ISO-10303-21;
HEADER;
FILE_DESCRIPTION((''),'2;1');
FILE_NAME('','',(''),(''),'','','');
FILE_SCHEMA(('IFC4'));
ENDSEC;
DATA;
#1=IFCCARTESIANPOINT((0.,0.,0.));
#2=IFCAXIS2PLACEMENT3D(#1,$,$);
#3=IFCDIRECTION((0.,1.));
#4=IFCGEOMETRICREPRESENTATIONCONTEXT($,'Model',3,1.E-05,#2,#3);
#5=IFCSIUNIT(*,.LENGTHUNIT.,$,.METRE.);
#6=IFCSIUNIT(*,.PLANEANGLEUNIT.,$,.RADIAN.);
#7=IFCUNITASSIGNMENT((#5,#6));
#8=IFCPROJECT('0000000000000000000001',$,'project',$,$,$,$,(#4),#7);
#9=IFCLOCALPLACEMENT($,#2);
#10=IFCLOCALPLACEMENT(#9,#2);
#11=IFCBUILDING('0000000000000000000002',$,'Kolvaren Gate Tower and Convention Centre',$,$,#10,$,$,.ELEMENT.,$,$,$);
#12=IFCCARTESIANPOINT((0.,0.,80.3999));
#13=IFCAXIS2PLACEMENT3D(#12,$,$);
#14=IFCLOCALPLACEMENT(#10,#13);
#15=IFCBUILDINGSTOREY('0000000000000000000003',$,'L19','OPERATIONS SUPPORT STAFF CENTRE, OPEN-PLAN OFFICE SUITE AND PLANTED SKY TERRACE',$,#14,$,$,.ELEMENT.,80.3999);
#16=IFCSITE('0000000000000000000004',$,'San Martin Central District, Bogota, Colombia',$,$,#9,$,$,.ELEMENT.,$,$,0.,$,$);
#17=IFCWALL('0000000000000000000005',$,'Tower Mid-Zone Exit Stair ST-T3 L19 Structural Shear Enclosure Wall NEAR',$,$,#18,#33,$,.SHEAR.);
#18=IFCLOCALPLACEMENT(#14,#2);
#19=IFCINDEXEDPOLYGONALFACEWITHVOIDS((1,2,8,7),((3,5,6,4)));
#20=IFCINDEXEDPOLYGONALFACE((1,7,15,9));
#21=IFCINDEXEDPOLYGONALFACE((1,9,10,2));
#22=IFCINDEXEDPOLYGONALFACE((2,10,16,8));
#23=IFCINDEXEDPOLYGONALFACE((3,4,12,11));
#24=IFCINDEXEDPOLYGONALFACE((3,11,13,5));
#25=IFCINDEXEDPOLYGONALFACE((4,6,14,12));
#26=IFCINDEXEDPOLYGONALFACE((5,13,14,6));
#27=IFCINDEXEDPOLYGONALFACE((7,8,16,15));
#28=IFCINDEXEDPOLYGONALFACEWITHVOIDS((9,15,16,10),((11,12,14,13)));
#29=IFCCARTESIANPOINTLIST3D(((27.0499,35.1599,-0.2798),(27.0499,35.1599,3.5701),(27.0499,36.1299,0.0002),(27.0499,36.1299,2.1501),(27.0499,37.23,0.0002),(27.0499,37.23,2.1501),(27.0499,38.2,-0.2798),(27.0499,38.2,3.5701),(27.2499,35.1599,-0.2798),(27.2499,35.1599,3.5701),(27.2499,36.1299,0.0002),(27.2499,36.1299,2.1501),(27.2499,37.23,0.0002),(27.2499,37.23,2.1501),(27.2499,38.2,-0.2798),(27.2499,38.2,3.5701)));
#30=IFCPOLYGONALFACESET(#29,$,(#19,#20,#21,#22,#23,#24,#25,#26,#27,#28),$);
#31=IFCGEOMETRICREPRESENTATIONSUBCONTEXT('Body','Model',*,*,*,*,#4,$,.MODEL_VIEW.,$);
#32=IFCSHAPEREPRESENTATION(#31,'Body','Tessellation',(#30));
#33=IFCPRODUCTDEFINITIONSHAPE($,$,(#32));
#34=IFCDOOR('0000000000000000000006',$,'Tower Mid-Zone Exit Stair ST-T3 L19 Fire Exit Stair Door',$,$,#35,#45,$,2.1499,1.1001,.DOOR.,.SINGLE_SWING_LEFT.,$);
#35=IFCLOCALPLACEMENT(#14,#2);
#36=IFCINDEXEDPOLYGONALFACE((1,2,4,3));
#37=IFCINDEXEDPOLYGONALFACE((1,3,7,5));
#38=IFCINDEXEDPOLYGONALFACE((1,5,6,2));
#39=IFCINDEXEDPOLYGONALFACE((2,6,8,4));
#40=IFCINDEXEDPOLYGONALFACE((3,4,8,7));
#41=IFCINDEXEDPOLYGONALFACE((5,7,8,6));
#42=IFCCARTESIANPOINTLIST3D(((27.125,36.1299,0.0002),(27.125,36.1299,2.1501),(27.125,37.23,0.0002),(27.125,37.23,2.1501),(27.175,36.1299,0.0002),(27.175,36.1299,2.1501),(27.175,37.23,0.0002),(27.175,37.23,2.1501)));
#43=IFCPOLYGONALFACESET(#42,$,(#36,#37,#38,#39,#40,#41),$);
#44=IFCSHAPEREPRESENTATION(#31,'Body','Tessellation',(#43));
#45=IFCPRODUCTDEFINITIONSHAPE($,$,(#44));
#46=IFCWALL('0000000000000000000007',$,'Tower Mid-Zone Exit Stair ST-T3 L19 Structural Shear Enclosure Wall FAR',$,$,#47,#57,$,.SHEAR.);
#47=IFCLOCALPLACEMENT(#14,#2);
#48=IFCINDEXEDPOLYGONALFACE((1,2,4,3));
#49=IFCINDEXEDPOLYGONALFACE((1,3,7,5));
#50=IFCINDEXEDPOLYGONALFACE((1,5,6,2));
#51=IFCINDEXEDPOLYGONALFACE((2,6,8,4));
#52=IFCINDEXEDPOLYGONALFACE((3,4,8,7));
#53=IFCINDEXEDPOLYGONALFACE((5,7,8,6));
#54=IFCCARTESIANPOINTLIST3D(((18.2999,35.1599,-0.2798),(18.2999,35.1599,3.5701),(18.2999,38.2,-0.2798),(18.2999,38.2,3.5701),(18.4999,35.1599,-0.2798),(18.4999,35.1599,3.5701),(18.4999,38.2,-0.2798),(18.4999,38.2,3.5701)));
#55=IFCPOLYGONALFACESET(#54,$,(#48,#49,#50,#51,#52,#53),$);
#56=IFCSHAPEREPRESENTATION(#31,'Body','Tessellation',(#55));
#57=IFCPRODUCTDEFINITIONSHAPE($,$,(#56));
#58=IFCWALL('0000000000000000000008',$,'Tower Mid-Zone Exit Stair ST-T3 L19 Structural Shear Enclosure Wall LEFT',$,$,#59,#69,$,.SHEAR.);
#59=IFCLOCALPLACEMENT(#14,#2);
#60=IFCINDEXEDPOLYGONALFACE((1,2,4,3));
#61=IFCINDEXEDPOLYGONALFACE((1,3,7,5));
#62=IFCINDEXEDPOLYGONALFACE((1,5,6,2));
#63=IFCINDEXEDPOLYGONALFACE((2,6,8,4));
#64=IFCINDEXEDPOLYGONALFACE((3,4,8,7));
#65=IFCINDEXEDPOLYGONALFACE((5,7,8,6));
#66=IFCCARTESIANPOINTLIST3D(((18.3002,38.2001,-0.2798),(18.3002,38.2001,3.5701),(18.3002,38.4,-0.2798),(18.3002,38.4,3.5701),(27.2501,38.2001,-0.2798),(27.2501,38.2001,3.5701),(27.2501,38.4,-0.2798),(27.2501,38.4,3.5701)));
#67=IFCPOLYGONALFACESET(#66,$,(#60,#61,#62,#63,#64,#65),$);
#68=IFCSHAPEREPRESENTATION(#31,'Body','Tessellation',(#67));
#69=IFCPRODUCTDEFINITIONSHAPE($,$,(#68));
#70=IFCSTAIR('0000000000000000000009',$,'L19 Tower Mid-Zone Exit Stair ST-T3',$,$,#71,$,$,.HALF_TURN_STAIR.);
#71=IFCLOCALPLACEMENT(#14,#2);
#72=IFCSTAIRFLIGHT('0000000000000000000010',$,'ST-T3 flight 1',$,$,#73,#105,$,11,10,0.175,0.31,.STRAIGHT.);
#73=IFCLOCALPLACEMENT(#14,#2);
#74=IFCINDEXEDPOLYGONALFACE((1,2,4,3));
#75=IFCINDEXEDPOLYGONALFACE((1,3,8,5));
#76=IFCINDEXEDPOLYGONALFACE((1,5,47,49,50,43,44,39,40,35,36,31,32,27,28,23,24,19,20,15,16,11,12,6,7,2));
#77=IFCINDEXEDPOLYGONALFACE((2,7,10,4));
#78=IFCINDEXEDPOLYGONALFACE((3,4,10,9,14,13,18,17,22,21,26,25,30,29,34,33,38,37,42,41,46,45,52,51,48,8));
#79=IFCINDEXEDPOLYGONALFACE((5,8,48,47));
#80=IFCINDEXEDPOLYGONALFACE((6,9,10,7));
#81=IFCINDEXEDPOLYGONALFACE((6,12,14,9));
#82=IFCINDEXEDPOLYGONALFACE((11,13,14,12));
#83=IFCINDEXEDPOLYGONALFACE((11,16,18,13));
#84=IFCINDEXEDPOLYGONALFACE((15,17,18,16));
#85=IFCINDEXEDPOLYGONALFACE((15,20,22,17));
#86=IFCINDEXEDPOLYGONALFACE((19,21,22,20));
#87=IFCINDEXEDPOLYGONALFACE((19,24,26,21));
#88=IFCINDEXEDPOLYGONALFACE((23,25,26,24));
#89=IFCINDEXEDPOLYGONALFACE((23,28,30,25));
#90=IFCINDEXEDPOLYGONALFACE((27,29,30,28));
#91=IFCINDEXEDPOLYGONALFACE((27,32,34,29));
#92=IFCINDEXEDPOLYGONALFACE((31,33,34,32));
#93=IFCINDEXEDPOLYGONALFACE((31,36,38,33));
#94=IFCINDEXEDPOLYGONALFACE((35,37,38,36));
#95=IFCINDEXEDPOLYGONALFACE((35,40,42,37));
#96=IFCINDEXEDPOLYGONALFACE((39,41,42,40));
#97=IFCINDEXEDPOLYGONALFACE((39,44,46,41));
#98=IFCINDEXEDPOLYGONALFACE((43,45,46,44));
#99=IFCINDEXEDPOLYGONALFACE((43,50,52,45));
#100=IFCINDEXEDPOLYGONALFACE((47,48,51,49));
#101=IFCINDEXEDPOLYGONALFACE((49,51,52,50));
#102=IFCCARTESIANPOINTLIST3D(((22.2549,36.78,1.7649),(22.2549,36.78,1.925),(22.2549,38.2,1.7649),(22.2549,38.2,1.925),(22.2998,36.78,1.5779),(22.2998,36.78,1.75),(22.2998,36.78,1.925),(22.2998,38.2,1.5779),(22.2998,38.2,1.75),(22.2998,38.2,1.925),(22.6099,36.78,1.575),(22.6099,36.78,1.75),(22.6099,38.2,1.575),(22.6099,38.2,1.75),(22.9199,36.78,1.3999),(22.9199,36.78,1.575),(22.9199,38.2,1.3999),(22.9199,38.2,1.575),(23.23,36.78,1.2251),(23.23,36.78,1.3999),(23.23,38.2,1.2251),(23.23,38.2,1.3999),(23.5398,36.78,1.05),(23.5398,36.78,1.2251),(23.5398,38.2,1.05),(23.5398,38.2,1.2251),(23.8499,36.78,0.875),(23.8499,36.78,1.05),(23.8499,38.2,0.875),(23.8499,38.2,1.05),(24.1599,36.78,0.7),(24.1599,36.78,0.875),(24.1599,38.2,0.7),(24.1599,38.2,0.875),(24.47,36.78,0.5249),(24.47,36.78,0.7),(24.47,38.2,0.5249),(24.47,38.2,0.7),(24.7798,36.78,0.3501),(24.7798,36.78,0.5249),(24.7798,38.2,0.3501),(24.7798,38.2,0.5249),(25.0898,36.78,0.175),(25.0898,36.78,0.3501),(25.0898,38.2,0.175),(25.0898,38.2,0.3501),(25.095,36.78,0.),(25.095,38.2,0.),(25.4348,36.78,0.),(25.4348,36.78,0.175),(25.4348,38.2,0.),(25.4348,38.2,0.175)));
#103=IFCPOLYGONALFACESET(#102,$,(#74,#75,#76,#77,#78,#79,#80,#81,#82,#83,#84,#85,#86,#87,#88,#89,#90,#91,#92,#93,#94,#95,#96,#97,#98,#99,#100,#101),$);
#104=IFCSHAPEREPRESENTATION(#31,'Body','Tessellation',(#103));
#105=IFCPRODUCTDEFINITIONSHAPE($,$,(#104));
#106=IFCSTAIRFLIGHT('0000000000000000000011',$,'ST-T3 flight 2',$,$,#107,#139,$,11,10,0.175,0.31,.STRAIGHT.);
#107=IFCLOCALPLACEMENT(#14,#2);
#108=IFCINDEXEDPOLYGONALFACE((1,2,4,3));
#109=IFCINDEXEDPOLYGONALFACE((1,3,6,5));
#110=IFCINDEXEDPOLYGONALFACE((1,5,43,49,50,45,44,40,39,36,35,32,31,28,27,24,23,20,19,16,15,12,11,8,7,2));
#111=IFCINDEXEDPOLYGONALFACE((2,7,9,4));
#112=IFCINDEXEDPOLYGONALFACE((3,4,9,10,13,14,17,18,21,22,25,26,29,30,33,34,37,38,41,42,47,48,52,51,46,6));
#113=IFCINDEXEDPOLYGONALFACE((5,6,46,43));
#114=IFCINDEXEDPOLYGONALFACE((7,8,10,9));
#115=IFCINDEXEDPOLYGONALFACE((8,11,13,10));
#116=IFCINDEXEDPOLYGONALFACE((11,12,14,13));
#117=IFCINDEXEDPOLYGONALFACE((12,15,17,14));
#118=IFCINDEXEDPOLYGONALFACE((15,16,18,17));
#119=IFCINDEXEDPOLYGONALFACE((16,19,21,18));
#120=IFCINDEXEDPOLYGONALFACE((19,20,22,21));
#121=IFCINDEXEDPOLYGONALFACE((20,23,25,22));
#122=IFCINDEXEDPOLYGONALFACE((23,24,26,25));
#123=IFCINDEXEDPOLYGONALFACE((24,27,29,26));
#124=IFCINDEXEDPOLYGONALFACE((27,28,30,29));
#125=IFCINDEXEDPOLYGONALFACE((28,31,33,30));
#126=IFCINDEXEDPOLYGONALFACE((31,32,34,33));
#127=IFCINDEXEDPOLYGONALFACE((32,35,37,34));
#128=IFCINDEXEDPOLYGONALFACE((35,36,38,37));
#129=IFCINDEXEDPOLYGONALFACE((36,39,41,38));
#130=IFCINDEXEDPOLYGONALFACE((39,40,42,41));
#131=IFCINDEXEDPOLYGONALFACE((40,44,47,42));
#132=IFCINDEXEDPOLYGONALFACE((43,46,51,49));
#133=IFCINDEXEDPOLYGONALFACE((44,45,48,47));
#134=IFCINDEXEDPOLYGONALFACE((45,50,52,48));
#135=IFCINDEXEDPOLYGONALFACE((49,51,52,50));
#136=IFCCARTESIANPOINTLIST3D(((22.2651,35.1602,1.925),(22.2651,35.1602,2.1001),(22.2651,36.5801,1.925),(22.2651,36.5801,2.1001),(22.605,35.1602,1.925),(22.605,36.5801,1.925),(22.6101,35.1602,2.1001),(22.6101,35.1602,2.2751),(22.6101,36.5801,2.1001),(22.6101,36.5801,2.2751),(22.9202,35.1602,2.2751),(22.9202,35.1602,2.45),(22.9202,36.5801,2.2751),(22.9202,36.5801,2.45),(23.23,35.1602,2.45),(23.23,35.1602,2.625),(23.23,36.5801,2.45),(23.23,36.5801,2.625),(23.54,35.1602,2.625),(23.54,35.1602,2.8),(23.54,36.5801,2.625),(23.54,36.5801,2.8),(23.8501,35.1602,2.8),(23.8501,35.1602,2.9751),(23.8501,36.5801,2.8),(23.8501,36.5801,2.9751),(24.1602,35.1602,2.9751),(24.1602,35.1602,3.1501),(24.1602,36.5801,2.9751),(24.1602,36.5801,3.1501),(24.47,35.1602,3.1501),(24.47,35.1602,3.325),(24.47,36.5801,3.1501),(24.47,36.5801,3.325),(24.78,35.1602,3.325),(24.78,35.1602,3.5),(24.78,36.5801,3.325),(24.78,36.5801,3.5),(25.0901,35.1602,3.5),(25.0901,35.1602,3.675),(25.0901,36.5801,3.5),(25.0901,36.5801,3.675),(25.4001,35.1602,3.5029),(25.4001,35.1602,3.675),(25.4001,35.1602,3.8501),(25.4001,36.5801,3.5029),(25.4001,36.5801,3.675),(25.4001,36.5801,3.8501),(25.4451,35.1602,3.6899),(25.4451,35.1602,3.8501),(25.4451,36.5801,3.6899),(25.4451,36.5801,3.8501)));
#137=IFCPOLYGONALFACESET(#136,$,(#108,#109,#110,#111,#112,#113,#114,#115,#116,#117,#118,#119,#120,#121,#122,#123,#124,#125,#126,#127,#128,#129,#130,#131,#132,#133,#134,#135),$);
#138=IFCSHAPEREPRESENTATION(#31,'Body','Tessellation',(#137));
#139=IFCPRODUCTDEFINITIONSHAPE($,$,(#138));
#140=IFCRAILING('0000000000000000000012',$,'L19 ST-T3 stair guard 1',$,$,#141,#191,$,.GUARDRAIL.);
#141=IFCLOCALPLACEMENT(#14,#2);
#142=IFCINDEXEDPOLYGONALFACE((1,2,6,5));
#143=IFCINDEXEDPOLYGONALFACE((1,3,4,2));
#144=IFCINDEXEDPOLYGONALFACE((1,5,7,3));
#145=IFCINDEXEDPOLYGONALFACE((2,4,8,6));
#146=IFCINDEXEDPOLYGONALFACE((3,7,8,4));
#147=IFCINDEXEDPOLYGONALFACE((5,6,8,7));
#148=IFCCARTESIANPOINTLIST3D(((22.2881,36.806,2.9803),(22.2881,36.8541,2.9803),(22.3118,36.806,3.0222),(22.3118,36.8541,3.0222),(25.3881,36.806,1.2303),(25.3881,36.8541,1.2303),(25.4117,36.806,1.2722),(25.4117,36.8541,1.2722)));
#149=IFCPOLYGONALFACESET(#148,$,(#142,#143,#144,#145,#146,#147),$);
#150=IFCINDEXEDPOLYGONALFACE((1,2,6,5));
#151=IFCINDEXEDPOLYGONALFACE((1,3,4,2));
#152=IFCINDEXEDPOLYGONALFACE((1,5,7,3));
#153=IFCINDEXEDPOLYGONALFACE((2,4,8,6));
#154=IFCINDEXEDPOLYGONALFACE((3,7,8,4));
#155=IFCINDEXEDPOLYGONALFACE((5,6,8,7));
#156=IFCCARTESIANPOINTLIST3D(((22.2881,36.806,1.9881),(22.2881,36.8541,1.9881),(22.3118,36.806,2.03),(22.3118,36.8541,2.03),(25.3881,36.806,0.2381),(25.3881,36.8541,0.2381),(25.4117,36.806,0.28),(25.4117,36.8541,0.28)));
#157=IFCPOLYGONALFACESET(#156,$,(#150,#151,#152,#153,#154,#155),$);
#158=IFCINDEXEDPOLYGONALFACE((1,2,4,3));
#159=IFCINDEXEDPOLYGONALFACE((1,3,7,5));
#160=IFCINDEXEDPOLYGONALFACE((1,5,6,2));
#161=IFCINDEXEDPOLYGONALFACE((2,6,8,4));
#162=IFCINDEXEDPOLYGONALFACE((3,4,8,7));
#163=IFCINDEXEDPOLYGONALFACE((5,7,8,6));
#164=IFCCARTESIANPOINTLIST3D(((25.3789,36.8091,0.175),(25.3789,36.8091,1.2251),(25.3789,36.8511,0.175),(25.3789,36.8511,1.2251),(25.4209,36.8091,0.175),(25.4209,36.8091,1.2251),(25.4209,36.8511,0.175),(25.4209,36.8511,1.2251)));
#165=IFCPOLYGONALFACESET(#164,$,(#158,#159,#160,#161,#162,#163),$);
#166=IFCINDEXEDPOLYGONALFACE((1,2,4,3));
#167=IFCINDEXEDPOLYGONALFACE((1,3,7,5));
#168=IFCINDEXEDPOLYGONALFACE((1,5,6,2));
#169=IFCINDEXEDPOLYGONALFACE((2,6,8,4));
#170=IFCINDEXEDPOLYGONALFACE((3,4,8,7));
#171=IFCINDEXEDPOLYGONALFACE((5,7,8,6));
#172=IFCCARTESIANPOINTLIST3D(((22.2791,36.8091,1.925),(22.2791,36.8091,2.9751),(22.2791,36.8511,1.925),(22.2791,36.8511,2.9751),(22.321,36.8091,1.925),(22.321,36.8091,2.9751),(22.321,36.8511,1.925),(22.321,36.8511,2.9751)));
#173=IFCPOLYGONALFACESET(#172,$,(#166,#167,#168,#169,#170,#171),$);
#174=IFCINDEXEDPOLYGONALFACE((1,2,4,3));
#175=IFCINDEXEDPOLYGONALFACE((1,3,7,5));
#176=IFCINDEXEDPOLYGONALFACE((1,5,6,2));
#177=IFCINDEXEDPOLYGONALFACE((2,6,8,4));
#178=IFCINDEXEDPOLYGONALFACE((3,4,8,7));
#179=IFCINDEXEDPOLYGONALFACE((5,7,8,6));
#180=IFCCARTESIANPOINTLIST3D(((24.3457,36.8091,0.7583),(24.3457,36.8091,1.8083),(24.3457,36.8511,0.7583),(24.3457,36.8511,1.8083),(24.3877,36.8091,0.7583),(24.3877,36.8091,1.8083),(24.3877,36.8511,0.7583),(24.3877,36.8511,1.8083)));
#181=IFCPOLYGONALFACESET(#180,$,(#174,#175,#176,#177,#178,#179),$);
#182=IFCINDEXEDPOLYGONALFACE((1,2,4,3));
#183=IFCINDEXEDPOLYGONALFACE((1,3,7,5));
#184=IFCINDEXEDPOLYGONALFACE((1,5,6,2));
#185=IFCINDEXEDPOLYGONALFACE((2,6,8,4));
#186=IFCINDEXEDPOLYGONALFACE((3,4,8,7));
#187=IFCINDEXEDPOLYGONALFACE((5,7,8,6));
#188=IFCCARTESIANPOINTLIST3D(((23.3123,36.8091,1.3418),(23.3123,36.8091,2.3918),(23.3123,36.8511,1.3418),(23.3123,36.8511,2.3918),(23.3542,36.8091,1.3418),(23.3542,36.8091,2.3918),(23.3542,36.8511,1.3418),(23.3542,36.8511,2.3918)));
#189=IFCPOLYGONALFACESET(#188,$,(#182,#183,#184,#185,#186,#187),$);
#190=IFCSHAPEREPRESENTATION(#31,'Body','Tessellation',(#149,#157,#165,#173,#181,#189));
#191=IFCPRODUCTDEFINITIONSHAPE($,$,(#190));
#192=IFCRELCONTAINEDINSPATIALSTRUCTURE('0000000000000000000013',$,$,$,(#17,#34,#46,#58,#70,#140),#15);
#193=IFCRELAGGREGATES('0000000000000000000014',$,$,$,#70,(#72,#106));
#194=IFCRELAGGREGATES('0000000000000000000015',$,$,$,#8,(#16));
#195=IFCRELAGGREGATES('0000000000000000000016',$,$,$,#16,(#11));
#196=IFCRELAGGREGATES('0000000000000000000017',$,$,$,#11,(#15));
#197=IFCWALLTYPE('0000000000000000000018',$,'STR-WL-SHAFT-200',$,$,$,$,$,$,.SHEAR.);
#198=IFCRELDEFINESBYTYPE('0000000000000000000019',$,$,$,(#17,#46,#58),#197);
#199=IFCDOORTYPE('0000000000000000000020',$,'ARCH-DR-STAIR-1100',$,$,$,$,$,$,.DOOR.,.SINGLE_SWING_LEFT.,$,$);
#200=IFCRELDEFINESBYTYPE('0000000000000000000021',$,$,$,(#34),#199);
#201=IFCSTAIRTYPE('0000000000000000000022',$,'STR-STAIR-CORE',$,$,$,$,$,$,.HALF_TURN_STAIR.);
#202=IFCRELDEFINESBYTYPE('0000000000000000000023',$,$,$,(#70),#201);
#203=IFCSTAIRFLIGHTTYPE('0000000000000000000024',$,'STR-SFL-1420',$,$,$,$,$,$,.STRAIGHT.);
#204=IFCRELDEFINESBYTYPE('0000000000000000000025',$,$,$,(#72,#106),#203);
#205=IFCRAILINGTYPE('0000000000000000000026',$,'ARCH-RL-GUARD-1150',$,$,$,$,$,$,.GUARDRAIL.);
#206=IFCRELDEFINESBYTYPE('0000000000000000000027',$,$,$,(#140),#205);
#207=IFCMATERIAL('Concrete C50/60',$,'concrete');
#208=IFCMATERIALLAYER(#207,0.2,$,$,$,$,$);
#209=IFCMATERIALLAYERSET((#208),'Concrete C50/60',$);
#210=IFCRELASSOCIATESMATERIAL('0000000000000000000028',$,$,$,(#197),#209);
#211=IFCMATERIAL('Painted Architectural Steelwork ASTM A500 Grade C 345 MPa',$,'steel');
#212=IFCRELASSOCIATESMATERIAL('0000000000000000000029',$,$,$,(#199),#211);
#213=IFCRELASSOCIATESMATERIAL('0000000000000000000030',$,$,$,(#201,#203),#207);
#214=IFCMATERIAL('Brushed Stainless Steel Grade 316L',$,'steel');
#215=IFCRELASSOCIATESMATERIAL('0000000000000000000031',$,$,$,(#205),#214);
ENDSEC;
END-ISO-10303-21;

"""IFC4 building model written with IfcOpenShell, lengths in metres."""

from ifc_helpers import new_model, si_unit, direction, frame, frame_2d, origin, origin_2d, place, context, subcontext, project, spatial, polyline, rectangle, outline, extrude, material, layer, layer_set, type_object, element, fill, aggregate, save


model = new_model("IFC4")

# Units and contexts
model_context = context("Model", 3, precision=1e-05, world=origin(), true_north=direction((0.0, 1.0)))
body_context = subcontext(model_context, "Body", "Model", "MODEL_VIEW")
ifc_project = project(units=[si_unit("LENGTHUNIT", "METRE"), si_unit("PLANEANGLEUNIT", "RADIAN")], contexts=[model_context])

# Site, building, storey
site_placement = place(None, origin())
site = spatial("IfcSite", under=ifc_project, at=site_placement, Name="San Martin Central District, Bogota, Colombia", CompositionType="ELEMENT", RefElevation=0.0)
building_placement = place(site_placement, origin())
building = spatial("IfcBuilding", under=site, at=building_placement, Name="Kolvaren Gate Tower and Convention Centre", CompositionType="ELEMENT")
storey_placement = place(building_placement, frame((0.0, 0.0, 80.3999)))
storey = spatial("IfcBuildingStorey", under=building, at=storey_placement, Name="L19", Description="OPERATIONS SUPPORT STAFF CENTRE, OPEN-PLAN OFFICE SUITE AND PLANTED SKY TERRACE", CompositionType="ELEMENT", Elevation=80.3999)

# Wall, opening, door
ifc_material_1 = material(Name="Concrete C50/60", Category="concrete")
ifc_layer_1 = layer(ifc_material_1, 0.2)
ifc_layer_set_1 = layer_set([ifc_layer_1], Name="Concrete C50/60")
wall_type_1 = type_object("IfcWallType", Name="STR-WL-SHAFT-200", PredefinedType="SHEAR", material=ifc_layer_set_1)
wall_1_placement = place(storey_placement, frame((27.1499, 35.1599, -0.2798), z_axis=(0.0, 0.0, 1.0), x_axis=(0.0, 1.0, 0.0)))
wall_1 = element("IfcWall", 1, at=wall_1_placement, inside=storey, type_object=wall_type_1, Name="Tower Mid-Zone Exit Stair ST-T3 L19 Structural Shear Enclosure Wall NEAR", PredefinedType="SHEAR", context=body_context, shape_type="SweptSolid", body=[
    extrude(rectangle(XDim=3.04, YDim=0.2, at=frame_2d((1.52, 0.0))), origin(), (0.0, 0.0, 1.0), 3.8499),
])
opening_1_placement = place(wall_1_placement, frame((0.97, 0.0, 0.28)))
opening_1 = element("IfcOpeningElement", 2, at=opening_1_placement, cuts=wall_1, PredefinedType="OPENING", context=body_context, shape_type="SweptSolid", body=[
    extrude(rectangle(XDim=1.1001, YDim=2.1499, at=frame_2d((0.55, 1.075))), frame((0.0, 0.1099, 0.0), z_axis=(0.0, -1.0, 0.0), x_axis=(1.0, 0.0, 0.0)), (0.0, 0.0, 1.0), 0.22),
])
ifc_material_2 = material(Name="Painted Architectural Steelwork ASTM A500 Grade C 345 MPa", Category="steel")
door_type = type_object("IfcDoorType", Name="ARCH-DR-STAIR-1100", OperationType="SINGLE_SWING_LEFT", PredefinedType="DOOR", material=ifc_material_2)
door_placement = place(opening_1_placement, origin())
door = element("IfcDoor", 3, at=door_placement, inside=storey, type_object=door_type, Name="Tower Mid-Zone Exit Stair ST-T3 L19 Fire Exit Stair Door", OperationType="SINGLE_SWING_LEFT", OverallHeight=2.1499, OverallWidth=1.1001, PredefinedType="DOOR", context=body_context, shape_type="SweptSolid", body=[
    extrude(rectangle(XDim=1.1001, YDim=2.1499, at=frame_2d((0.55, 1.075))), frame((0.0, 0.0249, 0.0), z_axis=(0.0, -1.0, 0.0), x_axis=(1.0, 0.0, 0.0)), (0.0, 0.0, 1.0), 0.05),
])
fill(opening_1, door)

# Walls
wall_2_placement = place(storey_placement, frame((18.3999, 35.1599, -0.2798), z_axis=(0.0, 0.0, 1.0), x_axis=(0.0, 1.0, 0.0)))
element("IfcWall", 4, at=wall_2_placement, inside=storey, type_object=wall_type_1, Name="Tower Mid-Zone Exit Stair ST-T3 L19 Structural Shear Enclosure Wall FAR", PredefinedType="SHEAR", context=body_context, shape_type="SweptSolid", body=[
    extrude(rectangle(XDim=3.04, YDim=0.2, at=frame_2d((1.52, 0.0))), origin(), (0.0, 0.0, 1.0), 3.8499),
])
wall_3_placement = place(storey_placement, frame((18.3, 38.3, -0.2798), z_axis=(0.0, 0.0, 1.0), x_axis=(1.0, 0.0, 0.0)))
element("IfcWall", 5, at=wall_3_placement, inside=storey, type_object=wall_type_1, Name="Tower Mid-Zone Exit Stair ST-T3 L19 Structural Shear Enclosure Wall LEFT", PredefinedType="SHEAR", context=body_context, shape_type="SweptSolid", body=[
    extrude(rectangle(XDim=8.95, YDim=0.2, at=frame_2d((4.4751, 0.0))), origin(), (0.0, 0.0, 1.0), 3.8499),
])

# Stair, stair flights
stair_type = type_object("IfcStairType", Name="STR-STAIR-CORE", PredefinedType="HALF_TURN_STAIR", material=ifc_material_1)
stair_placement = place(storey_placement, origin())
stair = element("IfcStair", 6, at=stair_placement, inside=storey, type_object=stair_type, Name="L19 Tower Mid-Zone Exit Stair ST-T3", PredefinedType="HALF_TURN_STAIR")
stair_flight_type = type_object("IfcStairFlightType", Name="STR-SFL-1420", PredefinedType="STRAIGHT", material=ifc_material_1)
stair_flight_1_placement = place(storey_placement, frame((25.3999, 37.49, 0.0), z_axis=(0.0, 0.0, 1.0), x_axis=(-1.0, 0.0, 0.0)))
stair_flight_1 = element("IfcStairFlight", 7, at=stair_flight_1_placement, type_object=stair_flight_type, Name="ST-T3 flight 1", NumberOfRisers=11, NumberOfTreads=10, PredefinedType="STRAIGHT", RiserHeight=0.175, TreadLength=0.31, context=body_context, shape_type="SweptSolid", body=[
    extrude(outline(polyline([(-0.0349, 0.0), (-0.0349, 0.175), (0.3101, 0.175), (0.3101, 0.3501), (0.6201, 0.3501), (0.6201, 0.5249), (0.9299, 0.5249), (0.9299, 0.7), (1.24, 0.7), (1.24, 0.875), (1.55, 0.875), (1.55, 1.05), (1.8601, 1.05), (1.8601, 1.2251), (2.1699, 1.2251), (2.1699, 1.3999), (2.48, 1.3999), (2.48, 1.575), (2.79, 1.575), (2.79, 1.75), (3.1001, 1.75), (3.1001, 1.925), (3.145, 1.925), (3.145, 1.7649), (3.1001, 1.5779), (0.3049, 0.0), (-0.0349, 0.0)])), frame((0.0, 0.71, 0.0), z_axis=(0.0, -1.0, 0.0), x_axis=(1.0, 0.0, 0.0)), (0.0, 0.0, 1.0), 1.4199),
])
stair_flight_2_placement = place(storey_placement, frame((22.3, 35.8701, 1.925), z_axis=(0.0, 0.0, 1.0), x_axis=(1.0, 0.0, 0.0)))
stair_flight_2 = element("IfcStairFlight", 8, at=stair_flight_2_placement, type_object=stair_flight_type, Name="ST-T3 flight 2", NumberOfRisers=11, NumberOfTreads=10, PredefinedType="STRAIGHT", RiserHeight=0.175, TreadLength=0.31, context=body_context, shape_type="SweptSolid", body=[
    extrude(outline(polyline([(-0.0349, 0.0), (-0.0349, 0.175), (0.3101, 0.175), (0.3101, 0.3501), (0.6201, 0.3501), (0.6201, 0.5249), (0.9299, 0.5249), (0.9299, 0.7), (1.24, 0.7), (1.24, 0.875), (1.55, 0.875), (1.55, 1.05), (1.8601, 1.05), (1.8601, 1.2251), (2.1699, 1.2251), (2.1699, 1.3999), (2.48, 1.3999), (2.48, 1.575), (2.79, 1.575), (2.79, 1.75), (3.1001, 1.75), (3.1001, 1.925), (3.145, 1.925), (3.145, 1.7649), (3.1001, 1.5779), (0.3049, 0.0), (-0.0349, 0.0)])), frame((0.0, 0.71, 0.0), z_axis=(0.0, -1.0, 0.0), x_axis=(1.0, 0.0, 0.0)), (0.0, 0.0, 1.0), 1.4199),
])
aggregate(stair, [stair_flight_1, stair_flight_2])

# Railing
ifc_material_3 = material(Name="Brushed Stainless Steel Grade 316L", Category="steel")
railing_type_1 = type_object("IfcRailingType", Name="ARCH-RL-GUARD-1150", PredefinedType="GUARDRAIL", material=ifc_material_3)
railing_1_placement = place(storey_placement, frame((25.3999, 36.8301, 0.175)))
element("IfcRailing", 9, at=railing_1_placement, inside=storey, type_object=railing_type_1, Name="L19 ST-T3 stair guard 1", PredefinedType="GUARDRAIL", context=body_context, shape_type="SweptSolid", body=[
    extrude(rectangle(XDim=0.0481, YDim=0.0481, at=origin_2d()), frame((0.0, 0.0, 1.0762), z_axis=(-0.870814, 0.0, 0.491612), x_axis=(0.0, -1.0, 0.0)), (0.0, 0.0, 1.0), 3.5598),
    extrude(rectangle(XDim=0.0481, YDim=0.0481, at=origin_2d()), frame((0.0, 0.0, 0.084), z_axis=(-0.870814, 0.0, 0.491612), x_axis=(0.0, -1.0, 0.0)), (0.0, 0.0, 1.0), 3.5598),
    extrude(rectangle(XDim=0.042, YDim=0.042, at=origin_2d()), origin(), (0.0, 0.0, 1.0), 1.05),
    extrude(rectangle(XDim=0.042, YDim=0.042, at=origin_2d()), frame((-3.0999, 0.0, 1.75)), (0.0, 0.0, 1.0), 1.05),
    extrude(rectangle(XDim=0.042, YDim=0.042, at=origin_2d()), frame((-1.0332, 0.0, 0.5833)), (0.0, 0.0, 1.0), 1.05),
    extrude(rectangle(XDim=0.042, YDim=0.042, at=origin_2d()), frame((-2.0667, 0.0, 1.1667)), (0.0, 0.0, 1.0), 1.05),
])

save(model, "model.ifc")
